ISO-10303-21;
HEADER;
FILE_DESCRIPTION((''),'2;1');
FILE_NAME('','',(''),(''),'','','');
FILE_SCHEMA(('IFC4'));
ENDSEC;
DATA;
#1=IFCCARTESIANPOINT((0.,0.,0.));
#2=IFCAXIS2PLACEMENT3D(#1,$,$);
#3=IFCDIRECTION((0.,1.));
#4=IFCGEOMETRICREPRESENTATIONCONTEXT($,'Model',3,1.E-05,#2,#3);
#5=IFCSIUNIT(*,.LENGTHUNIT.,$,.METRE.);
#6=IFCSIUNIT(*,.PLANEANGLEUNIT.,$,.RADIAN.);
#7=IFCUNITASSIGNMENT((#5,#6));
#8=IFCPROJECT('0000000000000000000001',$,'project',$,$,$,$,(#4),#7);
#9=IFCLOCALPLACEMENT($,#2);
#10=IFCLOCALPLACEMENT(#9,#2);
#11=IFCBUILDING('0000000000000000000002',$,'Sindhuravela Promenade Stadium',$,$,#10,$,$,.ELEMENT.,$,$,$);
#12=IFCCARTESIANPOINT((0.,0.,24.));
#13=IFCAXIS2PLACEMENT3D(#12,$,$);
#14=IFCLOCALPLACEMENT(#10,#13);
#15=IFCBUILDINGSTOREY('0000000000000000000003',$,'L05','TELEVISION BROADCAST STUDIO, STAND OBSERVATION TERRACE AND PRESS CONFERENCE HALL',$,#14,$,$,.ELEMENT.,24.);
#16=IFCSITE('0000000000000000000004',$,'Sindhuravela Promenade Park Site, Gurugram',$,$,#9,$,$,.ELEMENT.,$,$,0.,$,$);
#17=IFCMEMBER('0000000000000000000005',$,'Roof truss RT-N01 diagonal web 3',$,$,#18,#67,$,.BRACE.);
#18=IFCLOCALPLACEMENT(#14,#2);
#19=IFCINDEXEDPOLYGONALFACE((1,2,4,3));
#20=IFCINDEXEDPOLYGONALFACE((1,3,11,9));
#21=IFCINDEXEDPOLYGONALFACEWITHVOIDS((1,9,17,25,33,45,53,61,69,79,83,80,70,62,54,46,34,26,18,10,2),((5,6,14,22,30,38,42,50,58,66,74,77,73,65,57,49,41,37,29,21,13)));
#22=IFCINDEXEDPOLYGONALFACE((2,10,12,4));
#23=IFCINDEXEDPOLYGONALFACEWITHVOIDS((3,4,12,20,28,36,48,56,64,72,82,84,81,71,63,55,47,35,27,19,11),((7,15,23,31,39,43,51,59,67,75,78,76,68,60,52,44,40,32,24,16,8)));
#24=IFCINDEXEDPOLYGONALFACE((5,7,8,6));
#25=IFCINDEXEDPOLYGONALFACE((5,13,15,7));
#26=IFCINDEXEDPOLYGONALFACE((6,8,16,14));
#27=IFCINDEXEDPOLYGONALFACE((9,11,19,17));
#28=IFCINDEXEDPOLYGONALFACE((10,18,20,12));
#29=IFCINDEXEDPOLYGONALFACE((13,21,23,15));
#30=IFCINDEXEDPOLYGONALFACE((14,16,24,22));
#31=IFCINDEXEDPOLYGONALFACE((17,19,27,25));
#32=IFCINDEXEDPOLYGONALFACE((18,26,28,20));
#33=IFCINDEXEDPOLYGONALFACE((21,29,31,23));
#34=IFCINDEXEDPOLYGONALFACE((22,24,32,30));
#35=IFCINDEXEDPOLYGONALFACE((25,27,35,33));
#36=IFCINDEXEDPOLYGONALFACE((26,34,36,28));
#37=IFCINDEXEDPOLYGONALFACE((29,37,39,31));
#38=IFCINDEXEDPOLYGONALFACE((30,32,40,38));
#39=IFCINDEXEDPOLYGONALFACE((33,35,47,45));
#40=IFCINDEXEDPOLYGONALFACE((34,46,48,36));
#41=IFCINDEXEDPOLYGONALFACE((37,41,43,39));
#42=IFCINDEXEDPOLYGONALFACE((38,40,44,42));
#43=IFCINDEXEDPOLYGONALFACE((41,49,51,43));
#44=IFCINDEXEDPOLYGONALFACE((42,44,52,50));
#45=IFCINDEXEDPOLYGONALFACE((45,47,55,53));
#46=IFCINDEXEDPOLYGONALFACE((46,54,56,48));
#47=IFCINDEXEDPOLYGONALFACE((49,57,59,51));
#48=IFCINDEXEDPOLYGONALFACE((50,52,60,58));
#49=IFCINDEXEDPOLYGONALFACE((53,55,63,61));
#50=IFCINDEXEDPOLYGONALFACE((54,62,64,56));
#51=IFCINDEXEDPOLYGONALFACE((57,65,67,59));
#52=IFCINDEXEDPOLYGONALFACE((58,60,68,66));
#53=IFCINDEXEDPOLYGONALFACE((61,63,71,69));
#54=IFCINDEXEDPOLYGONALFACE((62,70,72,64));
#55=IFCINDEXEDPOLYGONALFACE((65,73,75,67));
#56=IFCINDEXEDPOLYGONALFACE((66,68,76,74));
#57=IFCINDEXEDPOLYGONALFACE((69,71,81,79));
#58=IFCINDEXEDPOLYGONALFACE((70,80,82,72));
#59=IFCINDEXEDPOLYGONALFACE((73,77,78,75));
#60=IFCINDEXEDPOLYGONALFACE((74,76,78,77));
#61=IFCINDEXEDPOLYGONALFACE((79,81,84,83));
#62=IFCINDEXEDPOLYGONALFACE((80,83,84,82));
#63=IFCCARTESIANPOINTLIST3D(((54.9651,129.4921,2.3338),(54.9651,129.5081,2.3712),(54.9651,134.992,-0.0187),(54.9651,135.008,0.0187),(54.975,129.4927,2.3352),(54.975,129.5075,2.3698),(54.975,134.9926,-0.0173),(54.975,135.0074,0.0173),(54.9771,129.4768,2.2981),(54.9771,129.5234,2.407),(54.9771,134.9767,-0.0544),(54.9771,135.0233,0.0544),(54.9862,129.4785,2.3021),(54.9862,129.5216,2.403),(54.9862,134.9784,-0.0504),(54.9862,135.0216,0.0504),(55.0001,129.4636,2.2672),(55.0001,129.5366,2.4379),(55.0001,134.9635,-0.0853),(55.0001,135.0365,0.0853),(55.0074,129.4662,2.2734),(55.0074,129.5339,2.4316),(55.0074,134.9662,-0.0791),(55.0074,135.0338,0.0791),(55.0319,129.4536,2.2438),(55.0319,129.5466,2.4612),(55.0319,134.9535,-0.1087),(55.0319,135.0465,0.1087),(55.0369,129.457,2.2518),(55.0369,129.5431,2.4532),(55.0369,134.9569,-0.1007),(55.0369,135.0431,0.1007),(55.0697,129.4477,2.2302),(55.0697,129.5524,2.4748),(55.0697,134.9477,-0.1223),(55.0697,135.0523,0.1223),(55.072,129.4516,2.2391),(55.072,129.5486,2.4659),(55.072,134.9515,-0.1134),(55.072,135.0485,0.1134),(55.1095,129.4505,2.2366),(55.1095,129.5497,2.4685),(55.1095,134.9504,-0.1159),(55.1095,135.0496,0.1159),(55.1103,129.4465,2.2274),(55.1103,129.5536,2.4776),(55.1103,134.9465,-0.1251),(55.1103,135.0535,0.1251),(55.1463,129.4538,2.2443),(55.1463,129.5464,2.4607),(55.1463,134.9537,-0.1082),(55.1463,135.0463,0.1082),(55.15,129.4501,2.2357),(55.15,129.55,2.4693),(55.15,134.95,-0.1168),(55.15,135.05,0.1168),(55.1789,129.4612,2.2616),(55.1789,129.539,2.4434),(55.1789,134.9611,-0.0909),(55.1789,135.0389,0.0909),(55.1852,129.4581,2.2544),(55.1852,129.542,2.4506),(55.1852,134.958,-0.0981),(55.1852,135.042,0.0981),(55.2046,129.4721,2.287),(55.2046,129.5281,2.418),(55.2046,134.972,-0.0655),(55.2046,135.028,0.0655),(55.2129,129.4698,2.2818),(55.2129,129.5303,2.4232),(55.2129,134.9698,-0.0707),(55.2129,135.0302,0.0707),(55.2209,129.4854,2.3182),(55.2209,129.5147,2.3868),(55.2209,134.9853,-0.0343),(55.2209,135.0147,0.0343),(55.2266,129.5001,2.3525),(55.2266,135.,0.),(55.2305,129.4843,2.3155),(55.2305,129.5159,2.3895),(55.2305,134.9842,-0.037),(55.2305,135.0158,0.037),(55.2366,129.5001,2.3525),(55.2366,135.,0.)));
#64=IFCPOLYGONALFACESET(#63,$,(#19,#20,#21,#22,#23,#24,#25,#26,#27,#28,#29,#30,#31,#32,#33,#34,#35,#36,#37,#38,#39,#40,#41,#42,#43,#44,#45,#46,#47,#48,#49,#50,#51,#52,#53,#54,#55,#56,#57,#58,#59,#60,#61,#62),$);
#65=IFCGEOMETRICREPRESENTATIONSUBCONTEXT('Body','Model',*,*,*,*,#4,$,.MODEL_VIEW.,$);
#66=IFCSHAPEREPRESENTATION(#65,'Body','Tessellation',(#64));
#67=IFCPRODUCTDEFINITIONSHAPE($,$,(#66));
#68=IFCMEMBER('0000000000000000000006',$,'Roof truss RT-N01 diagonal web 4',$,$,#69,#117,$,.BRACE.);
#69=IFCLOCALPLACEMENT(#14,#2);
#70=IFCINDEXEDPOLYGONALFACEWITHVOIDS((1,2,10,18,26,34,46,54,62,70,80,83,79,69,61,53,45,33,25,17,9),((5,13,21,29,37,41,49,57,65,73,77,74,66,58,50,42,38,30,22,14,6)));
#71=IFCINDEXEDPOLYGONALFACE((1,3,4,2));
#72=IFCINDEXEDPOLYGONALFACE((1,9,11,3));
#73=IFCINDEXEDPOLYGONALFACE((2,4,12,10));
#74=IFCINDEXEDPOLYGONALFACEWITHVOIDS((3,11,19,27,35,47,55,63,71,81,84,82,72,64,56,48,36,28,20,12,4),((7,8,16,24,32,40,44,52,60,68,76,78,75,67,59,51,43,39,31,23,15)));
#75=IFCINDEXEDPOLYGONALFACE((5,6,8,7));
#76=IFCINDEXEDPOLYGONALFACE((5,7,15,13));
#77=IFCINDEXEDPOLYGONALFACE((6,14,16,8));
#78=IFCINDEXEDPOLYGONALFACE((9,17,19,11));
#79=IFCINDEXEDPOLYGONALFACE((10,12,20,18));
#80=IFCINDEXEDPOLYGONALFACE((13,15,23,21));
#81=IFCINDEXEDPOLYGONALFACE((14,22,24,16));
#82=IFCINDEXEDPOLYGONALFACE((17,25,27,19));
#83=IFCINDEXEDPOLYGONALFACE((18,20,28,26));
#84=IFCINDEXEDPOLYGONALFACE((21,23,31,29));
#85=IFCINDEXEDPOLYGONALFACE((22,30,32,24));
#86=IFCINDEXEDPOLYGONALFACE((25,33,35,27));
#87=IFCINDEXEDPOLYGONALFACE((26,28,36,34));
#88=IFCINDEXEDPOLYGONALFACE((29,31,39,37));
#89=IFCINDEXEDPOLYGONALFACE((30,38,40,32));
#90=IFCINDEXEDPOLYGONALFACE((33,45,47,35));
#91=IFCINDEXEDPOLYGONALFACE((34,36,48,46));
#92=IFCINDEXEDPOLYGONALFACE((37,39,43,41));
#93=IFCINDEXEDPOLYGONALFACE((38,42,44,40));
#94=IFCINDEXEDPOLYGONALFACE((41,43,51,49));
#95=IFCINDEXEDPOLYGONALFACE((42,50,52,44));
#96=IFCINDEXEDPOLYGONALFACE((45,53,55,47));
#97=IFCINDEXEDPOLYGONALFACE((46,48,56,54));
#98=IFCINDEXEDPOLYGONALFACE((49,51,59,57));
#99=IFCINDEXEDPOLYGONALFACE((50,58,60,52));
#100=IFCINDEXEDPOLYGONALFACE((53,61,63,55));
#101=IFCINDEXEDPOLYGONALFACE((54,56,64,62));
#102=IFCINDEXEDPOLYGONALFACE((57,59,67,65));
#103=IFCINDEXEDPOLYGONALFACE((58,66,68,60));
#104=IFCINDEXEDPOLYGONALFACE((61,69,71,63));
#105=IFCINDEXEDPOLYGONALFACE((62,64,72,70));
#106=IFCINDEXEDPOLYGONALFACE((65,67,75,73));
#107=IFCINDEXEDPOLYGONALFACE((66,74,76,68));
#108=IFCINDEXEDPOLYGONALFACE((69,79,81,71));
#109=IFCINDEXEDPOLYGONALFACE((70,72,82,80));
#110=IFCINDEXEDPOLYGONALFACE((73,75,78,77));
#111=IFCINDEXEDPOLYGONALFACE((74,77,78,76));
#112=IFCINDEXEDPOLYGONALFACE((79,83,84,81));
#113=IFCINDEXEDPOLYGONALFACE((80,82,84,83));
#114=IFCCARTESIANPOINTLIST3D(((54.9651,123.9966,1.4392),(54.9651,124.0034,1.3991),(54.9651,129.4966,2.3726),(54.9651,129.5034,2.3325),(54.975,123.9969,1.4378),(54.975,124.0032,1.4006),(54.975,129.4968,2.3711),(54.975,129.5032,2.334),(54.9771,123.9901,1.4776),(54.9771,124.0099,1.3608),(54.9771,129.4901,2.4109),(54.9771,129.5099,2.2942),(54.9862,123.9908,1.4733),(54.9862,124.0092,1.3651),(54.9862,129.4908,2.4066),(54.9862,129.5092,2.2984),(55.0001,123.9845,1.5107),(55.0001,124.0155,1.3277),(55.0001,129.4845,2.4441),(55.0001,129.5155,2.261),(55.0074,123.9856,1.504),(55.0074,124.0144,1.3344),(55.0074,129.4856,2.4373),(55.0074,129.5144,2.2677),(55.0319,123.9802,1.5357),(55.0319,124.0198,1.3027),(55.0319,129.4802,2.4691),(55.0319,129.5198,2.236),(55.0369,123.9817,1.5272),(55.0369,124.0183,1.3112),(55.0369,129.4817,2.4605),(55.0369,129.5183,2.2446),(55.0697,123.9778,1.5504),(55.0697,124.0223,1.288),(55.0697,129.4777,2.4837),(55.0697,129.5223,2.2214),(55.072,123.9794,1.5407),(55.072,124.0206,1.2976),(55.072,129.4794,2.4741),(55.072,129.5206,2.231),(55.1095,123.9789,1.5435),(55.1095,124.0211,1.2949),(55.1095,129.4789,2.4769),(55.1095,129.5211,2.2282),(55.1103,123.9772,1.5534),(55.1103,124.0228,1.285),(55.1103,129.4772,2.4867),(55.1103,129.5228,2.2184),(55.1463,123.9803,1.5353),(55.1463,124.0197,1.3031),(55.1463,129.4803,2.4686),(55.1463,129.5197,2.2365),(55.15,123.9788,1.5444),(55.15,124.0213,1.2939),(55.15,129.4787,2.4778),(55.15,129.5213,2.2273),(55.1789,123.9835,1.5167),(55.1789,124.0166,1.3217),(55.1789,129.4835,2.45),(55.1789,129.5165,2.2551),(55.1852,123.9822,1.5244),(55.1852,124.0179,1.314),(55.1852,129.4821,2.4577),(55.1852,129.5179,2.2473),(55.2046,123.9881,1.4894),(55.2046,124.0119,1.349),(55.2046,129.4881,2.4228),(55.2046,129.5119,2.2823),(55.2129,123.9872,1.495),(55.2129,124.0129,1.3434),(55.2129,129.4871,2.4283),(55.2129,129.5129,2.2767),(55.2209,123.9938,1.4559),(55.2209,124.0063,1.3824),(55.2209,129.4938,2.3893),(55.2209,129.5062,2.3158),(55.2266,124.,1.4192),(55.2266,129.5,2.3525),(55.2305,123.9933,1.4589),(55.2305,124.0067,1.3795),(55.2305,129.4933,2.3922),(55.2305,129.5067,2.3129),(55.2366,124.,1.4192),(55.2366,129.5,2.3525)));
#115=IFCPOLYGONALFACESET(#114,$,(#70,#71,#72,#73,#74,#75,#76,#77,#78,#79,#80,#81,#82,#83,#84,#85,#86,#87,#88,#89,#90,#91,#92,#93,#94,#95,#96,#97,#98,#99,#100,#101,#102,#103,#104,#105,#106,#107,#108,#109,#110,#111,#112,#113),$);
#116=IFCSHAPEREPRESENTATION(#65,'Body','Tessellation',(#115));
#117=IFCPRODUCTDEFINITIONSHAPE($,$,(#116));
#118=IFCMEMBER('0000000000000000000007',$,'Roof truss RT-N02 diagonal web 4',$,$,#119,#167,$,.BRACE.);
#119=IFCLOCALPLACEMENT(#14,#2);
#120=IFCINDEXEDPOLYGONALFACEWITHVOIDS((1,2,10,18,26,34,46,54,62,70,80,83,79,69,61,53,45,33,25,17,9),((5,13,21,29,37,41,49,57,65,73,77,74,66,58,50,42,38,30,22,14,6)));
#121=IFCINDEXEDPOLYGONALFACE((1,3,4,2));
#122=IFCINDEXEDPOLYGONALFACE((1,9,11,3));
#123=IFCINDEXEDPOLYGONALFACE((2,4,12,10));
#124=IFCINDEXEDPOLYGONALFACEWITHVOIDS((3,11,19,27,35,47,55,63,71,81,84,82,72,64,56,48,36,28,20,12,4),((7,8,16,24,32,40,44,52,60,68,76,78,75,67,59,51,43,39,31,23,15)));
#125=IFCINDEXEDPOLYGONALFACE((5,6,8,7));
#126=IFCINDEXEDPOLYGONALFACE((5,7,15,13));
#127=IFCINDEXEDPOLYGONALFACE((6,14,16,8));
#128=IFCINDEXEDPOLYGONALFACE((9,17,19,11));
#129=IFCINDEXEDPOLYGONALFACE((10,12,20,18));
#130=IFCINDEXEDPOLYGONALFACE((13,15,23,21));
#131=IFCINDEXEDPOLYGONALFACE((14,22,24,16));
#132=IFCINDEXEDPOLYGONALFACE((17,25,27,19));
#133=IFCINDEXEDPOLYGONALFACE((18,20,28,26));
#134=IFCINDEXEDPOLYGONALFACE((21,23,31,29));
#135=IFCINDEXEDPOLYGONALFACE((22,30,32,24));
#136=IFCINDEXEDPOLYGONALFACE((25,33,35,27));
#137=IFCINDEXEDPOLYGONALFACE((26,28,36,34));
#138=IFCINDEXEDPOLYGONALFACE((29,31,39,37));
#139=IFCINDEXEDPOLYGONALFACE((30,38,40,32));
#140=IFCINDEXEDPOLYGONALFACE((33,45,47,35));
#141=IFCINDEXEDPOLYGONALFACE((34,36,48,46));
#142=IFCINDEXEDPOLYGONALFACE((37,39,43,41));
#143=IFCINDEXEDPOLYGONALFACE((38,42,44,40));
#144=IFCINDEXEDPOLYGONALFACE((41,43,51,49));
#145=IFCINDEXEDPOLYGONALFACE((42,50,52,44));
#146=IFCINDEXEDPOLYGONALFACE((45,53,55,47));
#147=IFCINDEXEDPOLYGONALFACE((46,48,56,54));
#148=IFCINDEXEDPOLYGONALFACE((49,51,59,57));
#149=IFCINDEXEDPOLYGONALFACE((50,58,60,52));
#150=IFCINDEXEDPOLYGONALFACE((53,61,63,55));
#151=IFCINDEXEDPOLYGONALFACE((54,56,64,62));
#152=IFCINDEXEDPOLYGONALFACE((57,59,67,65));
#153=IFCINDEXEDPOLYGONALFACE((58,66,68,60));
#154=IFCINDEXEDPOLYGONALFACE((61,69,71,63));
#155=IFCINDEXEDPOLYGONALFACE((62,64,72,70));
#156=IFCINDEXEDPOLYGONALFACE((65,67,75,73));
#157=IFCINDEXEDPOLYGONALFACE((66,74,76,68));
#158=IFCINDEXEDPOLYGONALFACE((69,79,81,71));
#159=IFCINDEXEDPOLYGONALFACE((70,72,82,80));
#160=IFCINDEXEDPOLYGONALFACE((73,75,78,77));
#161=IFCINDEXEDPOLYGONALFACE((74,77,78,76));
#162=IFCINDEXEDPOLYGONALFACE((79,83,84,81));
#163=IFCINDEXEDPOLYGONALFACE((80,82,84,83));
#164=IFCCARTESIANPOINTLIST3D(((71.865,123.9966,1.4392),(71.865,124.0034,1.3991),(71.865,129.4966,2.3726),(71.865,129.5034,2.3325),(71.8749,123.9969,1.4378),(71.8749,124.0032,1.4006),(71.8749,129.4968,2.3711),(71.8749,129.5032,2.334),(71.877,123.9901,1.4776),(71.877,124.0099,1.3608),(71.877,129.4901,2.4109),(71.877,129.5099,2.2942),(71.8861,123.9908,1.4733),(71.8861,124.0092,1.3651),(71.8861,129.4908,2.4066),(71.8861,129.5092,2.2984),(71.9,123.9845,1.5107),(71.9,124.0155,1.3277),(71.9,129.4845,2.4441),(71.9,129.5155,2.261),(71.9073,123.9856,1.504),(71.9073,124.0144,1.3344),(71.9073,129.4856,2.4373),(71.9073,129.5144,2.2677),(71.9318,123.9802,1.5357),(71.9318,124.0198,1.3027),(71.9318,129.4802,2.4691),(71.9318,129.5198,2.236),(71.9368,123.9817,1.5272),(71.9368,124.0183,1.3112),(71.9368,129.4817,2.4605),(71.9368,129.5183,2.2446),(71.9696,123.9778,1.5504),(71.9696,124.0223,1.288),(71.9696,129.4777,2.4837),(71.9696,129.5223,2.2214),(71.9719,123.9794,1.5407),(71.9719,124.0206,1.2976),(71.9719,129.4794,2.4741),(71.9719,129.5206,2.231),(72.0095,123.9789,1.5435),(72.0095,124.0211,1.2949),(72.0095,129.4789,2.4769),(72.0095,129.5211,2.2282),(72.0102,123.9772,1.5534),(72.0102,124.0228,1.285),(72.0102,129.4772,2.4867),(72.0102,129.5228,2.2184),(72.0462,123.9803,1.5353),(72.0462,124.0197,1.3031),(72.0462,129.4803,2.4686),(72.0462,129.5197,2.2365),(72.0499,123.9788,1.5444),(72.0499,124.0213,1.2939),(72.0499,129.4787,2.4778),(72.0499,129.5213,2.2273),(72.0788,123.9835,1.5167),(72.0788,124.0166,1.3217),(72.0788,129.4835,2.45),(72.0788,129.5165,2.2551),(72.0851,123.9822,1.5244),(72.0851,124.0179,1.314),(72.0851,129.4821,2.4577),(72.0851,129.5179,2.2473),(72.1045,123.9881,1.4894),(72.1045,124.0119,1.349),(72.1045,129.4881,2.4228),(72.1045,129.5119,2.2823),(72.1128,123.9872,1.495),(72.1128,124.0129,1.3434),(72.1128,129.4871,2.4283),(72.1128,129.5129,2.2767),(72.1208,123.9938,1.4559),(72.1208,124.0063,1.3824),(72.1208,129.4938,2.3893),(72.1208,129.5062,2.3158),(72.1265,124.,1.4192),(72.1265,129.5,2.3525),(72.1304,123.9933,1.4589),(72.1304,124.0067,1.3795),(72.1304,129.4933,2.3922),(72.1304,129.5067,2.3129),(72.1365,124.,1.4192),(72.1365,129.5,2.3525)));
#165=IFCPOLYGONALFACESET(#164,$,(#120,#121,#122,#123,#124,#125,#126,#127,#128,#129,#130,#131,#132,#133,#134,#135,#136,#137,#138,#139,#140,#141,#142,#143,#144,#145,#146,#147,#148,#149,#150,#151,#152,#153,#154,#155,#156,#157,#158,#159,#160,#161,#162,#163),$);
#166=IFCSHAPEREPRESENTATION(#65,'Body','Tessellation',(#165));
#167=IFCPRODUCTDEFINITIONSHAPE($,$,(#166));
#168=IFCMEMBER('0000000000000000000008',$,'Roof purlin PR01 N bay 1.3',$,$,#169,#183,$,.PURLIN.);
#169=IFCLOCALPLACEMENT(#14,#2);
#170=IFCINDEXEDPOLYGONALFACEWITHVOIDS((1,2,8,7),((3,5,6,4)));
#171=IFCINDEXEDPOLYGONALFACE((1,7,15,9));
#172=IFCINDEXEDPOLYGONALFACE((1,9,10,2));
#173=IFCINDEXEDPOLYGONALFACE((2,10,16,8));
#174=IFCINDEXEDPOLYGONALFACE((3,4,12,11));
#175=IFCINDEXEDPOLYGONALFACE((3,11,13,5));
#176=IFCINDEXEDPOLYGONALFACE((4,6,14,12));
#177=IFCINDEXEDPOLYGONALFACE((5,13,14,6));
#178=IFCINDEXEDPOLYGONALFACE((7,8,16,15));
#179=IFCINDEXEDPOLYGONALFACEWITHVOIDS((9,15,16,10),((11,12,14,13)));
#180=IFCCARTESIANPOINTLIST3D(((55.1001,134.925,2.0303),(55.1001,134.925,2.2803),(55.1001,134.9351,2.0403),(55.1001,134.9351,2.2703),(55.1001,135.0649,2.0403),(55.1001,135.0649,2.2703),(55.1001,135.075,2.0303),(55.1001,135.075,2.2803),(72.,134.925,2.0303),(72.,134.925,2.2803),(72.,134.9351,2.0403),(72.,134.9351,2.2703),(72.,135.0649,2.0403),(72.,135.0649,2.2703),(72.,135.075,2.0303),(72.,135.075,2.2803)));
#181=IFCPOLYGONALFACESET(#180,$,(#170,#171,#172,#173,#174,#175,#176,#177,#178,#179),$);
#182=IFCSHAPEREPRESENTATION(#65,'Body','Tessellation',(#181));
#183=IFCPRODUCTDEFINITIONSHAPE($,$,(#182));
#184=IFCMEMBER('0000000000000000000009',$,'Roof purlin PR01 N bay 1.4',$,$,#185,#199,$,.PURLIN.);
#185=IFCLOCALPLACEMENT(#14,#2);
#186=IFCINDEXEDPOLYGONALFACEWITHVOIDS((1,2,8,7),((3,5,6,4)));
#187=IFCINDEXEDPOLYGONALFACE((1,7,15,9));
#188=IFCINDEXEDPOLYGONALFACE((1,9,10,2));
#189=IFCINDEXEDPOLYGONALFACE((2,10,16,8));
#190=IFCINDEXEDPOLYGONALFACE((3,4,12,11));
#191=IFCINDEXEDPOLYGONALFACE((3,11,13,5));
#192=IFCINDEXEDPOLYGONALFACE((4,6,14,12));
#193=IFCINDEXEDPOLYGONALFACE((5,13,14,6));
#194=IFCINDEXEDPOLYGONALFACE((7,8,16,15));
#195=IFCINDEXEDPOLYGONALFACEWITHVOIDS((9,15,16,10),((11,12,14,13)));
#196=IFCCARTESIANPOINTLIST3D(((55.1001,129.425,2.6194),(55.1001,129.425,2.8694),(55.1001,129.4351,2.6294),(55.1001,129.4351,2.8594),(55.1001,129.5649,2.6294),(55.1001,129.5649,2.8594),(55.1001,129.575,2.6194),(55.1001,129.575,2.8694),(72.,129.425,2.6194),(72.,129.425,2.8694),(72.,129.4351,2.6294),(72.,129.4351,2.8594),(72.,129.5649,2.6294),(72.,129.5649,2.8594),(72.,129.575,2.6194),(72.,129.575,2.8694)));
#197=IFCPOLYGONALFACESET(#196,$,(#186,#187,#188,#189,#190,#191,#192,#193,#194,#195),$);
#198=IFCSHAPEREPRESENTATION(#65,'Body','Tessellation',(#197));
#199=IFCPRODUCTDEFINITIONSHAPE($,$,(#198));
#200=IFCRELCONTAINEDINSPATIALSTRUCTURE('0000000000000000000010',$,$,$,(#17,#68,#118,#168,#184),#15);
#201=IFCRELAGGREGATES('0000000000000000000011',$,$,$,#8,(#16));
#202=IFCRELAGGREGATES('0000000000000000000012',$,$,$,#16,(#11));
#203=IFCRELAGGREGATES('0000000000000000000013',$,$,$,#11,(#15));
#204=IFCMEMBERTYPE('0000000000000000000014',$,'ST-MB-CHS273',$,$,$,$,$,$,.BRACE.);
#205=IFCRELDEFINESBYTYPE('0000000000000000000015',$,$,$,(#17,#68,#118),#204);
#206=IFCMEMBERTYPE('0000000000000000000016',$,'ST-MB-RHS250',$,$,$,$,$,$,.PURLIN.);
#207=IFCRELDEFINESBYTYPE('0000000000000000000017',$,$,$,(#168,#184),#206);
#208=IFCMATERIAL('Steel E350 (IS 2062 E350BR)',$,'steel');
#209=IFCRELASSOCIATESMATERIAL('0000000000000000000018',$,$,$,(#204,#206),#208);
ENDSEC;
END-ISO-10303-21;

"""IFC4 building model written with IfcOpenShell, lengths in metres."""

from ifc_helpers import new_model, si_unit, direction, frame, origin, origin_2d, place, context, subcontext, project, spatial, hollow_rectangle, hollow_circle, extrude, material, material_profile, profile_set, type_object, element, save


model = new_model("IFC4")

# Units and contexts
model_context = context("Model", 3, precision=1e-05, world=origin(), true_north=direction((0.0, 1.0)))
body_context = subcontext(model_context, "Body", "Model", "MODEL_VIEW")
ifc_project = project(units=[si_unit("LENGTHUNIT", "METRE"), si_unit("PLANEANGLEUNIT", "RADIAN")], contexts=[model_context])

# Site, building, storey
site_placement = place(None, origin())
site = spatial("IfcSite", under=ifc_project, at=site_placement, Name="Sindhuravela Promenade Park Site, Gurugram", CompositionType="ELEMENT", RefElevation=0.0)
building_placement = place(site_placement, origin())
building = spatial("IfcBuilding", under=site, at=building_placement, Name="Sindhuravela Promenade Stadium", CompositionType="ELEMENT")
storey_placement = place(building_placement, frame((0.0, 0.0, 24.0)))
storey = spatial("IfcBuildingStorey", under=building, at=storey_placement, Name="L05", Description="TELEVISION BROADCAST STUDIO, STAND OBSERVATION TERRACE AND PRESS CONFERENCE HALL", CompositionType="ELEMENT", Elevation=24.0)

# Shared definitions
ifc_material_1 = material(Name="Steel E350 (IS 2062 E350BR)", Category="steel")

# Members
ifc_material_profile_1 = material_profile(ifc_material_1, hollow_circle(Radius=0.1365, WallThickness=0.01, at=origin_2d()), Name="CHS 273.0x10")
ifc_profile_set_1 = profile_set([ifc_material_profile_1], Name="Steel E350 (IS 2062 E350BR)")
member_type_1 = type_object("IfcMemberType", Name="ST-MB-CHS273", PredefinedType="BRACE", material=ifc_profile_set_1)
member_1_placement = place(storey_placement, frame((55.1001, 135.0, 0.0), z_axis=(0.0, -0.919423, 0.393269), x_axis=(1.0, 0.0, 0.0)))
element("IfcMember", 1, at=member_1_placement, inside=storey, type_object=member_type_1, Name="Roof truss RT-N01 diagonal web 3", PredefinedType="BRACE", context=body_context, shape_type="SweptSolid", body=[
    extrude(hollow_circle(Radius=0.1365, WallThickness=0.01, at=origin_2d()), origin(), (0.0, 0.0, 1.0), 5.9819),
])
for number, where, z_axis, x_axis, name in (
    (2, (55.1001, 129.5, 2.3525), (0.0, -0.985905, -0.167308), (1.0, 0.0, 0.0), "Roof truss RT-N01 diagonal web 4"),
    (3, (72.0, 129.5, 2.3525), (0.0, -0.985905, -0.167308), (1.0, 0.0, 0.0), "Roof truss RT-N02 diagonal web 4"),
):
    element("IfcMember", number, at=place(storey_placement, frame(where, z_axis=z_axis, x_axis=x_axis)), inside=storey, type_object=member_type_1, Name=name, PredefinedType="BRACE", context=body_context, shape_type="SweptSolid", body=[
        extrude(hollow_circle(Radius=0.1365, WallThickness=0.01, at=origin_2d()), origin(), (0.0, 0.0, 1.0), 5.5786),
    ])
ifc_material_profile_2 = material_profile(ifc_material_1, hollow_rectangle(XDim=0.1499, YDim=0.25, WallThickness=0.01, at=origin_2d()), Name="RHS 250x150x10")
ifc_profile_set_2 = profile_set([ifc_material_profile_2], Name="Steel E350 (IS 2062 E350BR)")
member_type_2 = type_object("IfcMemberType", Name="ST-MB-RHS250", PredefinedType="PURLIN", material=ifc_profile_set_2)
for number, where, z_axis, x_axis, name in (
    (4, (55.1001, 135.0, 2.1553), (1.0, 0.0, 0.0), (0.0, 1.0, 0.0), "Roof purlin PR01 N bay 1.3"),
    (5, (55.1001, 129.5, 2.7444), (1.0, 0.0, 0.0), (0.0, 1.0, 0.0), "Roof purlin PR01 N bay 1.4"),
):
    element("IfcMember", number, at=place(storey_placement, frame(where, z_axis=z_axis, x_axis=x_axis)), inside=storey, type_object=member_type_2, Name=name, PredefinedType="PURLIN", context=body_context, shape_type="SweptSolid", body=[
        extrude(hollow_rectangle(XDim=0.1499, YDim=0.25, WallThickness=0.01, at=origin_2d()), origin(), (0.0, 0.0, 1.0), 16.8999),
    ])

save(model, "model.ifc")
